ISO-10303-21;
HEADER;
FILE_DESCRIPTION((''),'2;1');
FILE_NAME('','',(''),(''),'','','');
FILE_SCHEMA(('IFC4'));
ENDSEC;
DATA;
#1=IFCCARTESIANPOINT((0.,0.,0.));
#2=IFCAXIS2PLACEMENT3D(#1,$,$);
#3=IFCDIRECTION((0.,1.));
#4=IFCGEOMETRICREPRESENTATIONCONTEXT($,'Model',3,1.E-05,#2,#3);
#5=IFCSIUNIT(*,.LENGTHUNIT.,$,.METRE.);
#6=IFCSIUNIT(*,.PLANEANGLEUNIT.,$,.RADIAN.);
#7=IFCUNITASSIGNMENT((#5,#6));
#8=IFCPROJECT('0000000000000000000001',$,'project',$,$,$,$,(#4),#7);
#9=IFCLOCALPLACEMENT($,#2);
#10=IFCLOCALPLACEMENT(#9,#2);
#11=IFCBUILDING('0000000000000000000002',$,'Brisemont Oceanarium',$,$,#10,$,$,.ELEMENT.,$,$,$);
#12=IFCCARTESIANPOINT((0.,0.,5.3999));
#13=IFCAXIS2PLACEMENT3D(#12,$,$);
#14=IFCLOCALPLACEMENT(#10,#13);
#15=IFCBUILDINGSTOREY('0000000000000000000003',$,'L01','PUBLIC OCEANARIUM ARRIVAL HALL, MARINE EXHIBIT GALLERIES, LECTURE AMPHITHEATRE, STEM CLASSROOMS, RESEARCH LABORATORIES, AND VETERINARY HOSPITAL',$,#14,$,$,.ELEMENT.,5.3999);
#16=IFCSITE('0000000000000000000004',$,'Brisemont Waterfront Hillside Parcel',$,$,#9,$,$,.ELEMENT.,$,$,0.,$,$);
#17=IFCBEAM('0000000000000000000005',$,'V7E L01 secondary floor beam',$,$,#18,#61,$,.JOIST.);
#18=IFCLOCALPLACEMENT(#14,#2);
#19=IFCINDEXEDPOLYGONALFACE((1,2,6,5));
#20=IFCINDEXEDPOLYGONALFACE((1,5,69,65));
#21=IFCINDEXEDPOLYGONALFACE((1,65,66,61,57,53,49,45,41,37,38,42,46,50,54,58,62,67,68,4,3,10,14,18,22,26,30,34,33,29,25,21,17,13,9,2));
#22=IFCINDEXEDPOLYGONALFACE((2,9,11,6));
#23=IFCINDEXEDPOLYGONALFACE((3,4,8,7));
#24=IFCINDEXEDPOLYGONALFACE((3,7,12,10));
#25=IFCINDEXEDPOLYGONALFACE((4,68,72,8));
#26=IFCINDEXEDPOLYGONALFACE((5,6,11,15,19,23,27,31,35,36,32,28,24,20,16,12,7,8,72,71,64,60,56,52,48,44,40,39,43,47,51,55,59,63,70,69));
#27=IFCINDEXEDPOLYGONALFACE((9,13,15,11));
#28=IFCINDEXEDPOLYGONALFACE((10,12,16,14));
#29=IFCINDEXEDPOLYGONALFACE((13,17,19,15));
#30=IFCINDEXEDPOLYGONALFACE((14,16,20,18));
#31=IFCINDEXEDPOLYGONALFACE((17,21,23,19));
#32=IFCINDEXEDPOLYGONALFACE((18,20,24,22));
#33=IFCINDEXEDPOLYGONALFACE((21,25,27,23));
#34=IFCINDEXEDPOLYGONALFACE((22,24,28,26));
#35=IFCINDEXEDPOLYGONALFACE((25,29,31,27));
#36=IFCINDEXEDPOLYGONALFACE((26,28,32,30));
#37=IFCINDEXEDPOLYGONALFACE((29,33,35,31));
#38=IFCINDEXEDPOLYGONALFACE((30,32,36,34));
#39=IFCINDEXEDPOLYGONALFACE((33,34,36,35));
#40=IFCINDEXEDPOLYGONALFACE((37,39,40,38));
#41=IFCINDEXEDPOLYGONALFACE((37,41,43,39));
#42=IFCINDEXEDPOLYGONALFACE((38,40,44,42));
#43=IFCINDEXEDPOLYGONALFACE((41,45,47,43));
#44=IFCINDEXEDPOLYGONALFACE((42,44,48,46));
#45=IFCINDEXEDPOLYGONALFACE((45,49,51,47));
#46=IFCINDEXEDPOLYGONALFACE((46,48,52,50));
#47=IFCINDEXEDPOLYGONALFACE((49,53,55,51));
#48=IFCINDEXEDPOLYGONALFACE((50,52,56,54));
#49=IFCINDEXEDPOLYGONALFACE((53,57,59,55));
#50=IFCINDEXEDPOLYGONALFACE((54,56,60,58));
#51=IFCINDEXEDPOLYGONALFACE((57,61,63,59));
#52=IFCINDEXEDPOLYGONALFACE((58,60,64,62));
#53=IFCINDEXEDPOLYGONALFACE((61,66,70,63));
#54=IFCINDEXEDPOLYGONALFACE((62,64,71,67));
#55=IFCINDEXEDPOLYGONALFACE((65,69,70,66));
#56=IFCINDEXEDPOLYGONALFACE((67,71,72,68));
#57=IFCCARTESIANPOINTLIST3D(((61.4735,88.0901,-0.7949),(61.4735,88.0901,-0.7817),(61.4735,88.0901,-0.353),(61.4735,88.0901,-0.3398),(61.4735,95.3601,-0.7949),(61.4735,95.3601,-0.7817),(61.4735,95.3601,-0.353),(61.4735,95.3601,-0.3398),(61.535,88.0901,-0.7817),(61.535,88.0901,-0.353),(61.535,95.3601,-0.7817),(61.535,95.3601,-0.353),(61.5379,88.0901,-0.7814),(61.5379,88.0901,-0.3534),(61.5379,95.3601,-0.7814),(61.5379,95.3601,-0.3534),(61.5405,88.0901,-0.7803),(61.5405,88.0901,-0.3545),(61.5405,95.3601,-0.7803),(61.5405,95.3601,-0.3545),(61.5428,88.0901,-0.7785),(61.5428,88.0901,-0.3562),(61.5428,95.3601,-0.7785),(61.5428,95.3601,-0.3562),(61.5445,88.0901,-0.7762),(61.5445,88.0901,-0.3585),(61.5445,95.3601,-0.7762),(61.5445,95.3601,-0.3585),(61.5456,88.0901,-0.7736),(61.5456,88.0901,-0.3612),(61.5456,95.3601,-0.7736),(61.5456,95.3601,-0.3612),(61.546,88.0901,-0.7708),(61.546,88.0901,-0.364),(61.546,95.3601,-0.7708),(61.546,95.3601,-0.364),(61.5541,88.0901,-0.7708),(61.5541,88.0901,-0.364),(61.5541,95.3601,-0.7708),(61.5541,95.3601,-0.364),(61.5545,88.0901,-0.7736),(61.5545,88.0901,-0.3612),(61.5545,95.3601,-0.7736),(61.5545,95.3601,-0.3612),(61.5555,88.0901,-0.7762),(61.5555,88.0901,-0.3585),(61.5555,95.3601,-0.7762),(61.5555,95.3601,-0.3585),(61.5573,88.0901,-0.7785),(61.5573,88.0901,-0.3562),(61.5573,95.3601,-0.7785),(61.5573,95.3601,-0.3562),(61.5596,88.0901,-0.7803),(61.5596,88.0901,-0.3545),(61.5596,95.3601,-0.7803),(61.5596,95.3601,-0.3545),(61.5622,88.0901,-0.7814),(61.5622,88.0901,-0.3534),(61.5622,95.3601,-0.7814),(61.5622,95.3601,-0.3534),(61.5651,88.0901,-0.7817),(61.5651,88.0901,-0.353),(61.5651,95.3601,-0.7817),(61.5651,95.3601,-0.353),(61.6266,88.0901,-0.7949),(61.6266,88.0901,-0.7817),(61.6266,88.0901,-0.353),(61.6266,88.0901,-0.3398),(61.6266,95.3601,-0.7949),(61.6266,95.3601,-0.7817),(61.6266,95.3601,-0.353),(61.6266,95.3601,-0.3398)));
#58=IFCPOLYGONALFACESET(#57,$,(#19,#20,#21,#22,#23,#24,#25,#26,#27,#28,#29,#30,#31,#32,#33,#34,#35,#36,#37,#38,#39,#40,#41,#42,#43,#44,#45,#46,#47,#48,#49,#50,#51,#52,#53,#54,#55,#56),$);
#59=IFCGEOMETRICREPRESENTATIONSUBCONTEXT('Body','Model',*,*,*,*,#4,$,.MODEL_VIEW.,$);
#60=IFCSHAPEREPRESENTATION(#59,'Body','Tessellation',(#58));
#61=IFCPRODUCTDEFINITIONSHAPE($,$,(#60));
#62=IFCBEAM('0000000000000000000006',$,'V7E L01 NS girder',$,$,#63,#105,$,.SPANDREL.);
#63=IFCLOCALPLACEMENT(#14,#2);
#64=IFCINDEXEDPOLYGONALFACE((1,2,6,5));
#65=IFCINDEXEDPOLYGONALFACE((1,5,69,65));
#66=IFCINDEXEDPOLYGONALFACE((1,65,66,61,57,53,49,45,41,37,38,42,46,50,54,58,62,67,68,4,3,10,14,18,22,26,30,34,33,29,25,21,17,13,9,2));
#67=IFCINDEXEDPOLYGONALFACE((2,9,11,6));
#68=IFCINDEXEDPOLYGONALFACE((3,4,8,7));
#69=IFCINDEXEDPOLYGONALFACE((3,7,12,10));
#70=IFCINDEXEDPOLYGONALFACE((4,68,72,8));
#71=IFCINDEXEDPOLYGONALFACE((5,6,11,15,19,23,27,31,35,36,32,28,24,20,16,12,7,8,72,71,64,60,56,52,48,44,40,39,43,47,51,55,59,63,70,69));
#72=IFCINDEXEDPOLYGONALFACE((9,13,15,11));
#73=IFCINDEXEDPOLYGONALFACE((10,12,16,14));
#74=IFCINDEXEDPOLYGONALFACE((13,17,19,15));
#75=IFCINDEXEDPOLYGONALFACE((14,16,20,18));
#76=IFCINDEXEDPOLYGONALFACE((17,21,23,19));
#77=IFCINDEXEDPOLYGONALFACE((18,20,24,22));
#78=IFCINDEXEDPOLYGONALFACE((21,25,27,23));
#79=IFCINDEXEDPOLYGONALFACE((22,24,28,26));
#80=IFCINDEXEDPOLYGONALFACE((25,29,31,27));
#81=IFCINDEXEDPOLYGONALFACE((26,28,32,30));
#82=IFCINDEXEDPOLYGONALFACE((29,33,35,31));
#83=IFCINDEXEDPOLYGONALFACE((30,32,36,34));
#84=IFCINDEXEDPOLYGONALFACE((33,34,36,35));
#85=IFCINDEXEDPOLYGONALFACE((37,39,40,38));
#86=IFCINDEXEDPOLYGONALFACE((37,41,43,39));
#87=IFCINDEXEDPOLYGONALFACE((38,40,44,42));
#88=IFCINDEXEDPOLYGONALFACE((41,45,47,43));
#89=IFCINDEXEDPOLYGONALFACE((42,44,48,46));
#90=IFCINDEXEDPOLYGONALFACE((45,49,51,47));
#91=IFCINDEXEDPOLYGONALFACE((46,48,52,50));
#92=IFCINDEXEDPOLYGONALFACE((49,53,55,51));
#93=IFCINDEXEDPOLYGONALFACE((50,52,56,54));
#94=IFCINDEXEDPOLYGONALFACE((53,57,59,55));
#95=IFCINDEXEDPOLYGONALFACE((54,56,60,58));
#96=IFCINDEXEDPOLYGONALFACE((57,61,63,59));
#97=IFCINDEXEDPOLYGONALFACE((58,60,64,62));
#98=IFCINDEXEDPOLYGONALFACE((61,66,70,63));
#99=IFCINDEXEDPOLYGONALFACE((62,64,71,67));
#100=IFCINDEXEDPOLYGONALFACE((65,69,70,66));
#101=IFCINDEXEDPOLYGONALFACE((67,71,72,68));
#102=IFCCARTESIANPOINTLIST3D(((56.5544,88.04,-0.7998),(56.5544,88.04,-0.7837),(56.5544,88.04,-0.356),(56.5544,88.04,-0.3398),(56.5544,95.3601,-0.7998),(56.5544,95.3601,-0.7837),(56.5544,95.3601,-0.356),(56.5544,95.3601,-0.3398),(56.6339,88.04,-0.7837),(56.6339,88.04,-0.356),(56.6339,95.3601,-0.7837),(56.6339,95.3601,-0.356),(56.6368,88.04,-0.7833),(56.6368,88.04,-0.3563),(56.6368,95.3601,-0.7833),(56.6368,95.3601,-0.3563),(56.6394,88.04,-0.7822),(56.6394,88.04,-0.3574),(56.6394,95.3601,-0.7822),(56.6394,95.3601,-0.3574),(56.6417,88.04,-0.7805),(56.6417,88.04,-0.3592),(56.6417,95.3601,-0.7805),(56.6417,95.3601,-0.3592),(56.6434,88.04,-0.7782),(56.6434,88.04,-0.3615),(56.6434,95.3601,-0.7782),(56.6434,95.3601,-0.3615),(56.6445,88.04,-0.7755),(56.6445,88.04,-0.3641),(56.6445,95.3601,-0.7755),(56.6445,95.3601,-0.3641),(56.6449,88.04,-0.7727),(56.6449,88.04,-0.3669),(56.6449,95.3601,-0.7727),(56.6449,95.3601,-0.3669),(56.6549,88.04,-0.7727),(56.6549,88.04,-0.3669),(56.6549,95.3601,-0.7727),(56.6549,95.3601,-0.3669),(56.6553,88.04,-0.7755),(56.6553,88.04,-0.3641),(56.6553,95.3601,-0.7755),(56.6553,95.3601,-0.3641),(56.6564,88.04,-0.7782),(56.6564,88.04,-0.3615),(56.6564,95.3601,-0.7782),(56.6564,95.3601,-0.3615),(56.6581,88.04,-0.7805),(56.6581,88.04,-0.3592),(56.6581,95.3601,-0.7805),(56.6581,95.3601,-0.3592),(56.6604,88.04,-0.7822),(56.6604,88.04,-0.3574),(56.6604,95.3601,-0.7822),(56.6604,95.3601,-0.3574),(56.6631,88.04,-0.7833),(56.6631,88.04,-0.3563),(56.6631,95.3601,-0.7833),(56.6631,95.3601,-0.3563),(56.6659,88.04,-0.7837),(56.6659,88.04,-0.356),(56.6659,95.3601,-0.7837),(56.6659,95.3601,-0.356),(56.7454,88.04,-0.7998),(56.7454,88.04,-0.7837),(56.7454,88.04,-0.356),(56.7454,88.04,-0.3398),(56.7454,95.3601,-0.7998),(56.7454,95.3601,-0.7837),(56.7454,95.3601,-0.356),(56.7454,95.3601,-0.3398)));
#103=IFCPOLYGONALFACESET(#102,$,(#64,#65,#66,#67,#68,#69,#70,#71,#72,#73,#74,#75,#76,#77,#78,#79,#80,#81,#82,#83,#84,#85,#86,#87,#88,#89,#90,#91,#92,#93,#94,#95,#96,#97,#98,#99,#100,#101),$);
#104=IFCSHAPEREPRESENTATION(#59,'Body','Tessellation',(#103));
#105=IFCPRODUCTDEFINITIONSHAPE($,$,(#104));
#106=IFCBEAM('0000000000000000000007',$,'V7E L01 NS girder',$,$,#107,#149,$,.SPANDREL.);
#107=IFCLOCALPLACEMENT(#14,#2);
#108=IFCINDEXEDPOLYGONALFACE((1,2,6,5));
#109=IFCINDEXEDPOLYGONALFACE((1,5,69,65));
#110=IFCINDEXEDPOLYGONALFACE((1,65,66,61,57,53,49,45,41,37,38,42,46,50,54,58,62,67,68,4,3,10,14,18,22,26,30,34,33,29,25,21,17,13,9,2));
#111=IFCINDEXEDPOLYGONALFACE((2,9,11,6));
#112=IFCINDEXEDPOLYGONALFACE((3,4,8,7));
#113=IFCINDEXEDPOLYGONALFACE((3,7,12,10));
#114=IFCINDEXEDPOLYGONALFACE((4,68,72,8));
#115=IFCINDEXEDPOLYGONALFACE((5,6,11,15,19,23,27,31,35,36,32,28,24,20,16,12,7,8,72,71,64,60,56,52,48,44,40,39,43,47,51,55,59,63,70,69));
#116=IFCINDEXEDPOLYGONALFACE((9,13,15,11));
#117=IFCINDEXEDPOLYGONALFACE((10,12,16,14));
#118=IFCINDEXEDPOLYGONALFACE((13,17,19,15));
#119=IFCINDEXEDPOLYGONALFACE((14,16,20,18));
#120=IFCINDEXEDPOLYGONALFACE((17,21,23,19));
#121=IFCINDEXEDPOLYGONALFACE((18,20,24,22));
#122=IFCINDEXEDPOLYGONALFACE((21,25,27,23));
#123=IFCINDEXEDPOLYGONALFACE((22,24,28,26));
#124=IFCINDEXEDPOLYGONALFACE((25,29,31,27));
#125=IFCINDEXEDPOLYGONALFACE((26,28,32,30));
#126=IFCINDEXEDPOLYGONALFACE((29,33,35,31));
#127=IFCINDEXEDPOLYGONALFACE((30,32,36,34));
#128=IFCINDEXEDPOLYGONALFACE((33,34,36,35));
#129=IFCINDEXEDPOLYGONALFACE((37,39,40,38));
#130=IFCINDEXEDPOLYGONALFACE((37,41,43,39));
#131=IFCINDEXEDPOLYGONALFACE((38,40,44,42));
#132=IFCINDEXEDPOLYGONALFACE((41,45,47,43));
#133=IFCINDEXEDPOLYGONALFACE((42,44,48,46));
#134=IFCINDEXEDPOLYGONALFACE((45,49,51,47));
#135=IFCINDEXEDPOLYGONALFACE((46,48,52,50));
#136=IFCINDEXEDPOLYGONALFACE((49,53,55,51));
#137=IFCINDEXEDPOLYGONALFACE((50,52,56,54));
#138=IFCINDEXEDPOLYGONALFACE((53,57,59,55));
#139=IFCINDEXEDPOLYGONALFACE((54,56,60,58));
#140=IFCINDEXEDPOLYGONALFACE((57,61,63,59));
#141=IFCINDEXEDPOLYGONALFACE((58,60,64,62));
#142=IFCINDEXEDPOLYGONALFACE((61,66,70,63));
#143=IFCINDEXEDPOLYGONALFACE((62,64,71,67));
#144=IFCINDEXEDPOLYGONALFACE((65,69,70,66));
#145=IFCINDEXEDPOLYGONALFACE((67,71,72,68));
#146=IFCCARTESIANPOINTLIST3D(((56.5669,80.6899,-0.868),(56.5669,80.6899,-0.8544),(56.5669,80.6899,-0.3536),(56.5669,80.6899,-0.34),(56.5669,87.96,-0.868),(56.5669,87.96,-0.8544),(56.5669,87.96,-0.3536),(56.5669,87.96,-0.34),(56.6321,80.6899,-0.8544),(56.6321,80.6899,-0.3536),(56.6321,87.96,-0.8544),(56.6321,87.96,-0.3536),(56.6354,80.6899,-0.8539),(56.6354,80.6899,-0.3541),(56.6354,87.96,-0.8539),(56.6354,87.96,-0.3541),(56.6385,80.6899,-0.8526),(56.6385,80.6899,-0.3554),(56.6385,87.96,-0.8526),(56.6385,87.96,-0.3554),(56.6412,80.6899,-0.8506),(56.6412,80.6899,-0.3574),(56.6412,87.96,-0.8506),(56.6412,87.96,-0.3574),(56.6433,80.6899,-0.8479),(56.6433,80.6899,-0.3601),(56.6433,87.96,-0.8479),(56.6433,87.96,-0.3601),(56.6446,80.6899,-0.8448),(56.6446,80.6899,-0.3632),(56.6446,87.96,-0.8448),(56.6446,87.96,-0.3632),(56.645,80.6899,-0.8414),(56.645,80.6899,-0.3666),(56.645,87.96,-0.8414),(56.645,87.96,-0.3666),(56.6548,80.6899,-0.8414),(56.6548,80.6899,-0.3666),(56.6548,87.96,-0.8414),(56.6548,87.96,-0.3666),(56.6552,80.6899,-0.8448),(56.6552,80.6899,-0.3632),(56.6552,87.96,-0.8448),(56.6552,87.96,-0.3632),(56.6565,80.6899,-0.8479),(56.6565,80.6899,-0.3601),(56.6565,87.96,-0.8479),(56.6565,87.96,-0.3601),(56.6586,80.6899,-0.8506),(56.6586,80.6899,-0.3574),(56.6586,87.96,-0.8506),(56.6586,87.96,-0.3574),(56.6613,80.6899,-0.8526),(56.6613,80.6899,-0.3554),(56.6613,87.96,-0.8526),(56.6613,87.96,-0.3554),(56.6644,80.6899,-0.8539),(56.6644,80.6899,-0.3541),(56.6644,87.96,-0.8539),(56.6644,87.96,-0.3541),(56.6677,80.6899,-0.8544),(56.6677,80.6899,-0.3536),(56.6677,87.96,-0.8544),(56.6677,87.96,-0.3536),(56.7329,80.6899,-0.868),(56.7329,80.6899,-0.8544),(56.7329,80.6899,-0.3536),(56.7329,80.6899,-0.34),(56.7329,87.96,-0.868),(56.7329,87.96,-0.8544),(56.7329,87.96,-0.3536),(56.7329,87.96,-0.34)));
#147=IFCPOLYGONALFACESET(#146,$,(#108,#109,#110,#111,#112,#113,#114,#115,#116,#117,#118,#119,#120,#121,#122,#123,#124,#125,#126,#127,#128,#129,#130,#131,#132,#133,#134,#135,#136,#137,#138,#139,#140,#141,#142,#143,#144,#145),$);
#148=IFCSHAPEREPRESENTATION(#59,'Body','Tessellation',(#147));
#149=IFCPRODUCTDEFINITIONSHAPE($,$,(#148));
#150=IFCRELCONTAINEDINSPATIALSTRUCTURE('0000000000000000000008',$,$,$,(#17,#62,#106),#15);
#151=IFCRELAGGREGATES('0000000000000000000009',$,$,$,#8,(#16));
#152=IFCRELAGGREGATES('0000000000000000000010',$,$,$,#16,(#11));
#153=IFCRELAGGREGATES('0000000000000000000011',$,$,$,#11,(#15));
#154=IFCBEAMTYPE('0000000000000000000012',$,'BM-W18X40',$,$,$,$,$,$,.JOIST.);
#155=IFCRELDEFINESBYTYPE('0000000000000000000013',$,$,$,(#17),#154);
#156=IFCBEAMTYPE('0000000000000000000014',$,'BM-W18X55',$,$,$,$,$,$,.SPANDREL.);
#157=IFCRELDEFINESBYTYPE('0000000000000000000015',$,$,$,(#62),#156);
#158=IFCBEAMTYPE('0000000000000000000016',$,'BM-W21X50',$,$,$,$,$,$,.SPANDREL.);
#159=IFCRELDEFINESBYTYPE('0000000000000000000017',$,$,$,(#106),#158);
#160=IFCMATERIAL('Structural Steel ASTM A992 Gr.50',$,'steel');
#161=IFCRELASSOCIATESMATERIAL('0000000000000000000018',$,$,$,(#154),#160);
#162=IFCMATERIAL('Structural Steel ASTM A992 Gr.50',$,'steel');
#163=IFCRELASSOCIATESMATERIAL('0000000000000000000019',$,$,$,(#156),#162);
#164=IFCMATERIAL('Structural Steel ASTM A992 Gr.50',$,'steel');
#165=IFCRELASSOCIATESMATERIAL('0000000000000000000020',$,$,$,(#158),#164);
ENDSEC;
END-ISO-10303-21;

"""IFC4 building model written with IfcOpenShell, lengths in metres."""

from ifc_helpers import new_model, si_unit, direction, frame, origin, origin_2d, place, context, subcontext, project, spatial, i_section, extrude, material, material_profile, profile_set, type_object, element, save


model = new_model("IFC4")

# Units and contexts
model_context = context("Model", 3, precision=1e-05, world=origin(), true_north=direction((0.0, 1.0)))
body_context = subcontext(model_context, "Body", "Model", "MODEL_VIEW")
ifc_project = project(units=[si_unit("LENGTHUNIT", "METRE"), si_unit("PLANEANGLEUNIT", "RADIAN")], contexts=[model_context])

# Site, building, storey
site_placement = place(None, origin())
site = spatial("IfcSite", under=ifc_project, at=site_placement, Name="Brisemont Waterfront Hillside Parcel", CompositionType="ELEMENT", RefElevation=0.0)
building_placement = place(site_placement, origin())
building = spatial("IfcBuilding", under=site, at=building_placement, Name="Brisemont Oceanarium", CompositionType="ELEMENT")
storey_placement = place(building_placement, frame((0.0, 0.0, 5.3999)))
storey = spatial("IfcBuildingStorey", under=building, at=storey_placement, Name="L01", Description="PUBLIC OCEANARIUM ARRIVAL HALL, MARINE EXHIBIT GALLERIES, LECTURE AMPHITHEATRE, STEM CLASSROOMS, RESEARCH LABORATORIES, AND VETERINARY HOSPITAL", CompositionType="ELEMENT", Elevation=5.3999)

# Beams
ifc_material_1 = material(Name="Structural Steel ASTM A992 Gr.50", Category="steel")
ifc_material_profile_1 = material_profile(ifc_material_1, i_section(OverallWidth=0.1531, OverallDepth=0.4551, WebThickness=0.0081, FlangeThickness=0.0132, FilletRadius=0.011, at=origin_2d()), Name="W18X40")
ifc_profile_set_1 = profile_set([ifc_material_profile_1], Name="Structural Steel ASTM A992 Gr.50")
beam_type_1 = type_object("IfcBeamType", Name="BM-W18X40", PredefinedType="JOIST", material=ifc_profile_set_1)
beam_1_placement = place(storey_placement, frame((61.55, 88.0901, -0.5674), z_axis=(0.0, 1.0, 0.0), x_axis=(-1.0, 0.0, 0.0)))
element("IfcBeam", 1, at=beam_1_placement, inside=storey, type_object=beam_type_1, Name="V7E L01 secondary floor beam", PredefinedType="JOIST", context=body_context, shape_type="SweptSolid", body=[
    extrude(i_section(OverallWidth=0.1531, OverallDepth=0.4551, WebThickness=0.0081, FlangeThickness=0.0132, FilletRadius=0.011, at=origin_2d()), origin(), (0.0, 0.0, 1.0), 7.27),
])
ifc_material_2 = material(Name="Structural Steel ASTM A992 Gr.50", Category="steel")
ifc_material_profile_2 = material_profile(ifc_material_2, i_section(OverallWidth=0.1909, OverallDepth=0.46, WebThickness=0.01, FlangeThickness=0.0161, FilletRadius=0.011, at=origin_2d()), Name="W18X55")
ifc_profile_set_2 = profile_set([ifc_material_profile_2], Name="Structural Steel ASTM A992 Gr.50")
beam_type_2 = type_object("IfcBeamType", Name="BM-W18X55", PredefinedType="SPANDREL", material=ifc_profile_set_2)
beam_2_placement = place(storey_placement, frame((56.6499, 88.04, -0.5698), z_axis=(0.0, 1.0, 0.0), x_axis=(-1.0, 0.0, 0.0)))
element("IfcBeam", 2, at=beam_2_placement, inside=storey, type_object=beam_type_2, Name="V7E L01 NS girder", PredefinedType="SPANDREL", context=body_context, shape_type="SweptSolid", body=[
    extrude(i_section(OverallWidth=0.1909, OverallDepth=0.46, WebThickness=0.01, FlangeThickness=0.0161, FilletRadius=0.011, at=origin_2d()), origin(), (0.0, 0.0, 1.0), 7.3201),
])
ifc_material_3 = material(Name="Structural Steel ASTM A992 Gr.50", Category="steel")
ifc_material_profile_3 = material_profile(ifc_material_3, i_section(OverallWidth=0.166, OverallDepth=0.5281, WebThickness=0.0098, FlangeThickness=0.0137, FilletRadius=0.0129, at=origin_2d()), Name="W21X50")
ifc_profile_set_3 = profile_set([ifc_material_profile_3], Name="Structural Steel ASTM A992 Gr.50")
beam_type_3 = type_object("IfcBeamType", Name="BM-W21X50", PredefinedType="SPANDREL", material=ifc_profile_set_3)
beam_3_placement = place(storey_placement, frame((56.6499, 80.6899, -0.604), z_axis=(0.0, 1.0, 0.0), x_axis=(-1.0, 0.0, 0.0)))
element("IfcBeam", 3, at=beam_3_placement, inside=storey, type_object=beam_type_3, Name="V7E L01 NS girder", PredefinedType="SPANDREL", context=body_context, shape_type="SweptSolid", body=[
    extrude(i_section(OverallWidth=0.166, OverallDepth=0.5281, WebThickness=0.0098, FlangeThickness=0.0137, FilletRadius=0.0129, at=origin_2d()), origin(), (0.0, 0.0, 1.0), 7.27),
])

save(model, "model.ifc")
